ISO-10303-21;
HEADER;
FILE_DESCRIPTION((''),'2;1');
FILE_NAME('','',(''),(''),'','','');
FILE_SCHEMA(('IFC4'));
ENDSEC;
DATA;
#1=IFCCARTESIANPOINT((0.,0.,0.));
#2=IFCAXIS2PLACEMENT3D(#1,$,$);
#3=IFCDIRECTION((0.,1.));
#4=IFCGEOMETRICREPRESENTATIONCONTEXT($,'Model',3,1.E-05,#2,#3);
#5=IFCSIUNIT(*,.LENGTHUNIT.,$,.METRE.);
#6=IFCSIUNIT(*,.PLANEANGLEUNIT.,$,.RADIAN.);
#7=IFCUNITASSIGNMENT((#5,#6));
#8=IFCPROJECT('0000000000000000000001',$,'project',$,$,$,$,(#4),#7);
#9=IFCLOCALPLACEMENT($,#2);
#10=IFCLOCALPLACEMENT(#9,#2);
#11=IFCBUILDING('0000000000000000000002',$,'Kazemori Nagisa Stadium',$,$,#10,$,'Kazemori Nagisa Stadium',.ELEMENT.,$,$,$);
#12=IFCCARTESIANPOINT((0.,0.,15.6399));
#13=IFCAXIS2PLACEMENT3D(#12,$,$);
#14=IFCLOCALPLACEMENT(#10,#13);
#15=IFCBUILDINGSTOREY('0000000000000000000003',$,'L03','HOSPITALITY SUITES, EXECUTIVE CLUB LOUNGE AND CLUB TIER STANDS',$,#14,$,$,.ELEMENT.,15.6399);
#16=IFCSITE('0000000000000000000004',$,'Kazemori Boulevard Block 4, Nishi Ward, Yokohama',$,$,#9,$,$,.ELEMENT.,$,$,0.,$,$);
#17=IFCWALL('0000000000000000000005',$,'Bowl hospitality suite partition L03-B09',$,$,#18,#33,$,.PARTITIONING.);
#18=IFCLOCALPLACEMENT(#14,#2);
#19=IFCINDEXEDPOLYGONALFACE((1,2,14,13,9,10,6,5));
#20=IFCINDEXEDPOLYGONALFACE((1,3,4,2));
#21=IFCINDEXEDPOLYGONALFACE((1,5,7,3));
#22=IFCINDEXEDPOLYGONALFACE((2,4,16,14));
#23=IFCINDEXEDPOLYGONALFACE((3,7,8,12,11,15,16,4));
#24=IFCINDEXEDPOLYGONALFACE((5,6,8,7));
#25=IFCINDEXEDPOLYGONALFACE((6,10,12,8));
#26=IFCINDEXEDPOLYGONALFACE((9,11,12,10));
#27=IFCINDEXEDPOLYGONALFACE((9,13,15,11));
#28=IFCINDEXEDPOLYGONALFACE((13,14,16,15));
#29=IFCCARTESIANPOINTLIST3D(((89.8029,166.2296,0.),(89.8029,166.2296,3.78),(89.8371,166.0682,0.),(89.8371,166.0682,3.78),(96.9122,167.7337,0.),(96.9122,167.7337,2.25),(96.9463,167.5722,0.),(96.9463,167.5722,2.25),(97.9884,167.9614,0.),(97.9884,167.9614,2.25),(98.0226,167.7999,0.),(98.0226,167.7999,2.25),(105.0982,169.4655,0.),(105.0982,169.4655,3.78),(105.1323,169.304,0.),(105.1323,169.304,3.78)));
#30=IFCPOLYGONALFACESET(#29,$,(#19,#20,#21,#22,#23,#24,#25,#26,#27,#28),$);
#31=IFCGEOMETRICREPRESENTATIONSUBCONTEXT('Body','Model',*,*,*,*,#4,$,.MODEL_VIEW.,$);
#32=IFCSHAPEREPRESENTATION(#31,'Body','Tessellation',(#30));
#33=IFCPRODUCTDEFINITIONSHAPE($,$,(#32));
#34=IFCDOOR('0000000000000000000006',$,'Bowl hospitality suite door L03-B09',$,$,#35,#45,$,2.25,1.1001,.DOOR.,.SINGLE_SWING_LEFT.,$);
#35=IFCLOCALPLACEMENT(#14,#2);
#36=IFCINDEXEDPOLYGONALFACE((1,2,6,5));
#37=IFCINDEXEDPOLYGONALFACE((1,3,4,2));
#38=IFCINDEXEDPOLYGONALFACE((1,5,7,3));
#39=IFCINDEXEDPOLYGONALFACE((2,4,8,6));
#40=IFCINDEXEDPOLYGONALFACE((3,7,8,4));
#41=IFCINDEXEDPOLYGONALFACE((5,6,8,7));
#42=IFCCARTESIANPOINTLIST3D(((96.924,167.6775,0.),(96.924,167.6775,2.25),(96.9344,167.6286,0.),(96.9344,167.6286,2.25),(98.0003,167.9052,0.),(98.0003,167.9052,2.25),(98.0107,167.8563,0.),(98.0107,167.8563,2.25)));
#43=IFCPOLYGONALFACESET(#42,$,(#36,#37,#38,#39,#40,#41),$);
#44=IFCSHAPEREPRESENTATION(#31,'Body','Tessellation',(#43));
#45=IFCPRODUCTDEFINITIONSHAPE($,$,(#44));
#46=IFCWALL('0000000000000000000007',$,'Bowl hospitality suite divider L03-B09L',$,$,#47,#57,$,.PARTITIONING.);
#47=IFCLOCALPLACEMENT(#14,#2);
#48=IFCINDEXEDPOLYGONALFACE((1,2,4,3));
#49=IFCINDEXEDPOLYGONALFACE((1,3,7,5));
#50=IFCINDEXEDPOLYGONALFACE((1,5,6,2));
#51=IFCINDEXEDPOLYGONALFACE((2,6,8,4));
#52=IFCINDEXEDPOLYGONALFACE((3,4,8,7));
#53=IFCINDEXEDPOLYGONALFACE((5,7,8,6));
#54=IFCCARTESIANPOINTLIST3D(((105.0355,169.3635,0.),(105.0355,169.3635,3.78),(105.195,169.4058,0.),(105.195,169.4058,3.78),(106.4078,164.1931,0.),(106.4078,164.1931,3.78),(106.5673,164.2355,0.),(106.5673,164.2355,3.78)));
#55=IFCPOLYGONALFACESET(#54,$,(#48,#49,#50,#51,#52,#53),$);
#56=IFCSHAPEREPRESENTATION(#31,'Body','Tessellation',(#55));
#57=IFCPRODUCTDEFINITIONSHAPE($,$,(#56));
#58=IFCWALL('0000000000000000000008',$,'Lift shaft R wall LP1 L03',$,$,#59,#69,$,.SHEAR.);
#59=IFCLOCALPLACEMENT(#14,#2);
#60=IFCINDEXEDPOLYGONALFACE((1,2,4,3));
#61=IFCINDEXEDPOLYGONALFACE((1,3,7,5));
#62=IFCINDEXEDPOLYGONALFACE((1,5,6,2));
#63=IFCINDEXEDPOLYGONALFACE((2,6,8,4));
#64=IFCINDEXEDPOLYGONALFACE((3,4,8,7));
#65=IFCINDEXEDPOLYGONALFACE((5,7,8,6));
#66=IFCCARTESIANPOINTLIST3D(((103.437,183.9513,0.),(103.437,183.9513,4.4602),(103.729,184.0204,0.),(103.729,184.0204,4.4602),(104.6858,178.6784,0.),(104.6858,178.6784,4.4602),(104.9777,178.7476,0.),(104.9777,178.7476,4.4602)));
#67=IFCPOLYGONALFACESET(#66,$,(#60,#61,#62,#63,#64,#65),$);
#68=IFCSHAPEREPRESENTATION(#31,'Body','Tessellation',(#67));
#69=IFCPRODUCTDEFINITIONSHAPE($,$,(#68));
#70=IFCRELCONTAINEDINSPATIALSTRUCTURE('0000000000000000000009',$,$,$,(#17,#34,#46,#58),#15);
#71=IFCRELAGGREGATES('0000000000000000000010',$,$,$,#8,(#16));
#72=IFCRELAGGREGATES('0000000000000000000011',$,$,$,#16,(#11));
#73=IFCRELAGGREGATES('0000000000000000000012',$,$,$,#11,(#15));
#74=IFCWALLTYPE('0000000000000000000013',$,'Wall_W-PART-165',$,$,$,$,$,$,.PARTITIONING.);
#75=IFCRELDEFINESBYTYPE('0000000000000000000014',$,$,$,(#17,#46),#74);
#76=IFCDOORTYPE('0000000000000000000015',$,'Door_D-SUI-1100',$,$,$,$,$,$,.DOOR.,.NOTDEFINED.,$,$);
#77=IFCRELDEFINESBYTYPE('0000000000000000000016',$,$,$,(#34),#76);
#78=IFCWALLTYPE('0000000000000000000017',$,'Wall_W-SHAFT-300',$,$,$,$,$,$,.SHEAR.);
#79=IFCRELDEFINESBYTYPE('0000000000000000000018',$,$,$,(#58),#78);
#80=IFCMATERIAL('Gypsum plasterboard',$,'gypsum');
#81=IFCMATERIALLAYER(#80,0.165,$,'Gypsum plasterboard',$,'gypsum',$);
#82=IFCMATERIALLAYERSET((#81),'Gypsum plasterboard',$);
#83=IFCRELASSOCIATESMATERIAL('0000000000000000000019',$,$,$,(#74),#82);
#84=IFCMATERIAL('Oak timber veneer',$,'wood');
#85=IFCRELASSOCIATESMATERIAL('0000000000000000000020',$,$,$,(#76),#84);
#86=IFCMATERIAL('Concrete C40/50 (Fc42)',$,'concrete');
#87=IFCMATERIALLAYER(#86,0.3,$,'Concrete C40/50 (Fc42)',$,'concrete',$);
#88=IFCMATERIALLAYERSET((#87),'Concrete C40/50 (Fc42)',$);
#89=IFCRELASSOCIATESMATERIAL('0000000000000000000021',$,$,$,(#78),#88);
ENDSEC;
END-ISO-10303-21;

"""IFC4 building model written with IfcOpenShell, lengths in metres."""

from ifc_helpers import new_model, si_unit, direction, frame, frame_2d, origin, place, context, subcontext, project, spatial, rectangle, extrude, material, layer, layer_set, type_object, element, fill, save


model = new_model("IFC4")

# Units and contexts
model_context = context("Model", 3, precision=1e-05, world=origin(), true_north=direction((0.0, 1.0)))
body_context = subcontext(model_context, "Body", "Model", "MODEL_VIEW")
ifc_project = project(units=[si_unit("LENGTHUNIT", "METRE"), si_unit("PLANEANGLEUNIT", "RADIAN")], contexts=[model_context])

# Site, building, storey
site_placement = place(None, origin())
site = spatial("IfcSite", under=ifc_project, at=site_placement, Name="Kazemori Boulevard Block 4, Nishi Ward, Yokohama", CompositionType="ELEMENT", RefElevation=0.0)
building_placement = place(site_placement, origin())
building = spatial("IfcBuilding", under=site, at=building_placement, Name="Kazemori Nagisa Stadium", LongName="Kazemori Nagisa Stadium", CompositionType="ELEMENT")
storey_placement = place(building_placement, frame((0.0, 0.0, 15.6399)))
storey = spatial("IfcBuildingStorey", under=building, at=storey_placement, Name="L03", Description="HOSPITALITY SUITES, EXECUTIVE CLUB LOUNGE AND CLUB TIER STANDS", CompositionType="ELEMENT", Elevation=15.6399)

# Shared definitions
ifc_material_1 = material(Name="Concrete C40/50 (Fc42)", Category="concrete")

# Shared definitions
ifc_material_2 = material(Name="Gypsum plasterboard", Category="gypsum")
ifc_layer_1 = layer(ifc_material_2, 0.165, Name="Gypsum plasterboard", Category="gypsum")
ifc_layer_set_1 = layer_set([ifc_layer_1], Name="Gypsum plasterboard")
wall_type_1 = type_object("IfcWallType", Name="Wall_W-PART-165", PredefinedType="PARTITIONING", material=ifc_layer_set_1)
ifc_material_3 = material(Name="Oak timber veneer", Category="wood")
door_type = type_object("IfcDoorType", Name="Door_D-SUI-1100", OperationType="NOTDEFINED", PredefinedType="DOOR", material=ifc_material_3)

# Wall, opening, door
wall_1_placement = place(storey_placement, frame((105.1152, 169.3848, 0.0), z_axis=(0.0, 0.0, 1.0), x_axis=(-0.978346, -0.206978, 0.0)))
wall_1 = element("IfcWall", 1, at=wall_1_placement, inside=storey, type_object=wall_type_1, Name="Bowl hospitality suite partition L03-B09", PredefinedType="PARTITIONING", context=body_context, shape_type="SweptSolid", body=[
    extrude(rectangle(XDim=15.6338, YDim=0.165, at=frame_2d((7.8169, 0.0))), origin(), (0.0, 0.0, 1.0), 3.78),
])
opening_1_placement = place(wall_1_placement, frame((7.2671, 0.0, 0.0)))
opening_1 = element("IfcOpeningElement", 2, at=opening_1_placement, cuts=wall_1, PredefinedType="OPENING", context=body_context, shape_type="SweptSolid", body=[
    extrude(rectangle(XDim=1.1001, YDim=2.25, at=frame_2d((0.55, 1.125))), frame((0.0, 0.0925, 0.0), z_axis=(0.0, -1.0, 0.0), x_axis=(1.0, 0.0, 0.0)), (0.0, 0.0, 1.0), 0.1851),
])
door_1_placement = place(opening_1_placement, origin())
door_1 = element("IfcDoor", 3, at=door_1_placement, inside=storey, type_object=door_type, Name="Bowl hospitality suite door L03-B09", OperationType="SINGLE_SWING_LEFT", OverallHeight=2.25, OverallWidth=1.1001, PredefinedType="DOOR", context=body_context, shape_type="SweptSolid", body=[
    extrude(rectangle(XDim=1.1001, YDim=2.25, at=frame_2d((0.55, 1.125))), frame((0.0, 0.0249, 0.0), z_axis=(0.0, -1.0, 0.0), x_axis=(1.0, 0.0, 0.0)), (0.0, 0.0, 1.0), 0.05),
])
fill(opening_1, door_1)

# Walls
wall_2_placement = place(storey_placement, frame((105.1152, 169.3848, 0.0), z_axis=(0.0, 0.0, 1.0), x_axis=(0.256535, -0.966535, 0.0)))
element("IfcWall", 4, at=wall_2_placement, inside=storey, type_object=wall_type_1, Name="Bowl hospitality suite divider L03-B09L", PredefinedType="PARTITIONING", context=body_context, shape_type="SweptSolid", body=[
    extrude(rectangle(XDim=5.3494, YDim=0.165, at=frame_2d((2.6748, 0.0))), origin(), (0.0, 0.0, 1.0), 3.78),
])
ifc_layer_2 = layer(ifc_material_1, 0.3, Name="Concrete C40/50 (Fc42)", Category="concrete")
ifc_layer_set_2 = layer_set([ifc_layer_2], Name="Concrete C40/50 (Fc42)")
wall_type_2 = type_object("IfcWallType", Name="Wall_W-SHAFT-300", PredefinedType="SHEAR", material=ifc_layer_set_2)
wall_3_placement = place(storey_placement, frame((104.8318, 178.7129, 0.0), z_axis=(0.0, 0.0, 1.0), x_axis=(-0.230453, 0.973083, 0.0)))
element("IfcWall", 5, at=wall_3_placement, inside=storey, type_object=wall_type_2, Name="Lift shaft R wall LP1 L03", PredefinedType="SHEAR", context=body_context, shape_type="SweptSolid", body=[
    extrude(rectangle(XDim=5.4187, YDim=0.3, at=frame_2d((2.7095, 0.0))), origin(), (0.0, 0.0, 1.0), 4.4602),
])

save(model, "model.ifc")
